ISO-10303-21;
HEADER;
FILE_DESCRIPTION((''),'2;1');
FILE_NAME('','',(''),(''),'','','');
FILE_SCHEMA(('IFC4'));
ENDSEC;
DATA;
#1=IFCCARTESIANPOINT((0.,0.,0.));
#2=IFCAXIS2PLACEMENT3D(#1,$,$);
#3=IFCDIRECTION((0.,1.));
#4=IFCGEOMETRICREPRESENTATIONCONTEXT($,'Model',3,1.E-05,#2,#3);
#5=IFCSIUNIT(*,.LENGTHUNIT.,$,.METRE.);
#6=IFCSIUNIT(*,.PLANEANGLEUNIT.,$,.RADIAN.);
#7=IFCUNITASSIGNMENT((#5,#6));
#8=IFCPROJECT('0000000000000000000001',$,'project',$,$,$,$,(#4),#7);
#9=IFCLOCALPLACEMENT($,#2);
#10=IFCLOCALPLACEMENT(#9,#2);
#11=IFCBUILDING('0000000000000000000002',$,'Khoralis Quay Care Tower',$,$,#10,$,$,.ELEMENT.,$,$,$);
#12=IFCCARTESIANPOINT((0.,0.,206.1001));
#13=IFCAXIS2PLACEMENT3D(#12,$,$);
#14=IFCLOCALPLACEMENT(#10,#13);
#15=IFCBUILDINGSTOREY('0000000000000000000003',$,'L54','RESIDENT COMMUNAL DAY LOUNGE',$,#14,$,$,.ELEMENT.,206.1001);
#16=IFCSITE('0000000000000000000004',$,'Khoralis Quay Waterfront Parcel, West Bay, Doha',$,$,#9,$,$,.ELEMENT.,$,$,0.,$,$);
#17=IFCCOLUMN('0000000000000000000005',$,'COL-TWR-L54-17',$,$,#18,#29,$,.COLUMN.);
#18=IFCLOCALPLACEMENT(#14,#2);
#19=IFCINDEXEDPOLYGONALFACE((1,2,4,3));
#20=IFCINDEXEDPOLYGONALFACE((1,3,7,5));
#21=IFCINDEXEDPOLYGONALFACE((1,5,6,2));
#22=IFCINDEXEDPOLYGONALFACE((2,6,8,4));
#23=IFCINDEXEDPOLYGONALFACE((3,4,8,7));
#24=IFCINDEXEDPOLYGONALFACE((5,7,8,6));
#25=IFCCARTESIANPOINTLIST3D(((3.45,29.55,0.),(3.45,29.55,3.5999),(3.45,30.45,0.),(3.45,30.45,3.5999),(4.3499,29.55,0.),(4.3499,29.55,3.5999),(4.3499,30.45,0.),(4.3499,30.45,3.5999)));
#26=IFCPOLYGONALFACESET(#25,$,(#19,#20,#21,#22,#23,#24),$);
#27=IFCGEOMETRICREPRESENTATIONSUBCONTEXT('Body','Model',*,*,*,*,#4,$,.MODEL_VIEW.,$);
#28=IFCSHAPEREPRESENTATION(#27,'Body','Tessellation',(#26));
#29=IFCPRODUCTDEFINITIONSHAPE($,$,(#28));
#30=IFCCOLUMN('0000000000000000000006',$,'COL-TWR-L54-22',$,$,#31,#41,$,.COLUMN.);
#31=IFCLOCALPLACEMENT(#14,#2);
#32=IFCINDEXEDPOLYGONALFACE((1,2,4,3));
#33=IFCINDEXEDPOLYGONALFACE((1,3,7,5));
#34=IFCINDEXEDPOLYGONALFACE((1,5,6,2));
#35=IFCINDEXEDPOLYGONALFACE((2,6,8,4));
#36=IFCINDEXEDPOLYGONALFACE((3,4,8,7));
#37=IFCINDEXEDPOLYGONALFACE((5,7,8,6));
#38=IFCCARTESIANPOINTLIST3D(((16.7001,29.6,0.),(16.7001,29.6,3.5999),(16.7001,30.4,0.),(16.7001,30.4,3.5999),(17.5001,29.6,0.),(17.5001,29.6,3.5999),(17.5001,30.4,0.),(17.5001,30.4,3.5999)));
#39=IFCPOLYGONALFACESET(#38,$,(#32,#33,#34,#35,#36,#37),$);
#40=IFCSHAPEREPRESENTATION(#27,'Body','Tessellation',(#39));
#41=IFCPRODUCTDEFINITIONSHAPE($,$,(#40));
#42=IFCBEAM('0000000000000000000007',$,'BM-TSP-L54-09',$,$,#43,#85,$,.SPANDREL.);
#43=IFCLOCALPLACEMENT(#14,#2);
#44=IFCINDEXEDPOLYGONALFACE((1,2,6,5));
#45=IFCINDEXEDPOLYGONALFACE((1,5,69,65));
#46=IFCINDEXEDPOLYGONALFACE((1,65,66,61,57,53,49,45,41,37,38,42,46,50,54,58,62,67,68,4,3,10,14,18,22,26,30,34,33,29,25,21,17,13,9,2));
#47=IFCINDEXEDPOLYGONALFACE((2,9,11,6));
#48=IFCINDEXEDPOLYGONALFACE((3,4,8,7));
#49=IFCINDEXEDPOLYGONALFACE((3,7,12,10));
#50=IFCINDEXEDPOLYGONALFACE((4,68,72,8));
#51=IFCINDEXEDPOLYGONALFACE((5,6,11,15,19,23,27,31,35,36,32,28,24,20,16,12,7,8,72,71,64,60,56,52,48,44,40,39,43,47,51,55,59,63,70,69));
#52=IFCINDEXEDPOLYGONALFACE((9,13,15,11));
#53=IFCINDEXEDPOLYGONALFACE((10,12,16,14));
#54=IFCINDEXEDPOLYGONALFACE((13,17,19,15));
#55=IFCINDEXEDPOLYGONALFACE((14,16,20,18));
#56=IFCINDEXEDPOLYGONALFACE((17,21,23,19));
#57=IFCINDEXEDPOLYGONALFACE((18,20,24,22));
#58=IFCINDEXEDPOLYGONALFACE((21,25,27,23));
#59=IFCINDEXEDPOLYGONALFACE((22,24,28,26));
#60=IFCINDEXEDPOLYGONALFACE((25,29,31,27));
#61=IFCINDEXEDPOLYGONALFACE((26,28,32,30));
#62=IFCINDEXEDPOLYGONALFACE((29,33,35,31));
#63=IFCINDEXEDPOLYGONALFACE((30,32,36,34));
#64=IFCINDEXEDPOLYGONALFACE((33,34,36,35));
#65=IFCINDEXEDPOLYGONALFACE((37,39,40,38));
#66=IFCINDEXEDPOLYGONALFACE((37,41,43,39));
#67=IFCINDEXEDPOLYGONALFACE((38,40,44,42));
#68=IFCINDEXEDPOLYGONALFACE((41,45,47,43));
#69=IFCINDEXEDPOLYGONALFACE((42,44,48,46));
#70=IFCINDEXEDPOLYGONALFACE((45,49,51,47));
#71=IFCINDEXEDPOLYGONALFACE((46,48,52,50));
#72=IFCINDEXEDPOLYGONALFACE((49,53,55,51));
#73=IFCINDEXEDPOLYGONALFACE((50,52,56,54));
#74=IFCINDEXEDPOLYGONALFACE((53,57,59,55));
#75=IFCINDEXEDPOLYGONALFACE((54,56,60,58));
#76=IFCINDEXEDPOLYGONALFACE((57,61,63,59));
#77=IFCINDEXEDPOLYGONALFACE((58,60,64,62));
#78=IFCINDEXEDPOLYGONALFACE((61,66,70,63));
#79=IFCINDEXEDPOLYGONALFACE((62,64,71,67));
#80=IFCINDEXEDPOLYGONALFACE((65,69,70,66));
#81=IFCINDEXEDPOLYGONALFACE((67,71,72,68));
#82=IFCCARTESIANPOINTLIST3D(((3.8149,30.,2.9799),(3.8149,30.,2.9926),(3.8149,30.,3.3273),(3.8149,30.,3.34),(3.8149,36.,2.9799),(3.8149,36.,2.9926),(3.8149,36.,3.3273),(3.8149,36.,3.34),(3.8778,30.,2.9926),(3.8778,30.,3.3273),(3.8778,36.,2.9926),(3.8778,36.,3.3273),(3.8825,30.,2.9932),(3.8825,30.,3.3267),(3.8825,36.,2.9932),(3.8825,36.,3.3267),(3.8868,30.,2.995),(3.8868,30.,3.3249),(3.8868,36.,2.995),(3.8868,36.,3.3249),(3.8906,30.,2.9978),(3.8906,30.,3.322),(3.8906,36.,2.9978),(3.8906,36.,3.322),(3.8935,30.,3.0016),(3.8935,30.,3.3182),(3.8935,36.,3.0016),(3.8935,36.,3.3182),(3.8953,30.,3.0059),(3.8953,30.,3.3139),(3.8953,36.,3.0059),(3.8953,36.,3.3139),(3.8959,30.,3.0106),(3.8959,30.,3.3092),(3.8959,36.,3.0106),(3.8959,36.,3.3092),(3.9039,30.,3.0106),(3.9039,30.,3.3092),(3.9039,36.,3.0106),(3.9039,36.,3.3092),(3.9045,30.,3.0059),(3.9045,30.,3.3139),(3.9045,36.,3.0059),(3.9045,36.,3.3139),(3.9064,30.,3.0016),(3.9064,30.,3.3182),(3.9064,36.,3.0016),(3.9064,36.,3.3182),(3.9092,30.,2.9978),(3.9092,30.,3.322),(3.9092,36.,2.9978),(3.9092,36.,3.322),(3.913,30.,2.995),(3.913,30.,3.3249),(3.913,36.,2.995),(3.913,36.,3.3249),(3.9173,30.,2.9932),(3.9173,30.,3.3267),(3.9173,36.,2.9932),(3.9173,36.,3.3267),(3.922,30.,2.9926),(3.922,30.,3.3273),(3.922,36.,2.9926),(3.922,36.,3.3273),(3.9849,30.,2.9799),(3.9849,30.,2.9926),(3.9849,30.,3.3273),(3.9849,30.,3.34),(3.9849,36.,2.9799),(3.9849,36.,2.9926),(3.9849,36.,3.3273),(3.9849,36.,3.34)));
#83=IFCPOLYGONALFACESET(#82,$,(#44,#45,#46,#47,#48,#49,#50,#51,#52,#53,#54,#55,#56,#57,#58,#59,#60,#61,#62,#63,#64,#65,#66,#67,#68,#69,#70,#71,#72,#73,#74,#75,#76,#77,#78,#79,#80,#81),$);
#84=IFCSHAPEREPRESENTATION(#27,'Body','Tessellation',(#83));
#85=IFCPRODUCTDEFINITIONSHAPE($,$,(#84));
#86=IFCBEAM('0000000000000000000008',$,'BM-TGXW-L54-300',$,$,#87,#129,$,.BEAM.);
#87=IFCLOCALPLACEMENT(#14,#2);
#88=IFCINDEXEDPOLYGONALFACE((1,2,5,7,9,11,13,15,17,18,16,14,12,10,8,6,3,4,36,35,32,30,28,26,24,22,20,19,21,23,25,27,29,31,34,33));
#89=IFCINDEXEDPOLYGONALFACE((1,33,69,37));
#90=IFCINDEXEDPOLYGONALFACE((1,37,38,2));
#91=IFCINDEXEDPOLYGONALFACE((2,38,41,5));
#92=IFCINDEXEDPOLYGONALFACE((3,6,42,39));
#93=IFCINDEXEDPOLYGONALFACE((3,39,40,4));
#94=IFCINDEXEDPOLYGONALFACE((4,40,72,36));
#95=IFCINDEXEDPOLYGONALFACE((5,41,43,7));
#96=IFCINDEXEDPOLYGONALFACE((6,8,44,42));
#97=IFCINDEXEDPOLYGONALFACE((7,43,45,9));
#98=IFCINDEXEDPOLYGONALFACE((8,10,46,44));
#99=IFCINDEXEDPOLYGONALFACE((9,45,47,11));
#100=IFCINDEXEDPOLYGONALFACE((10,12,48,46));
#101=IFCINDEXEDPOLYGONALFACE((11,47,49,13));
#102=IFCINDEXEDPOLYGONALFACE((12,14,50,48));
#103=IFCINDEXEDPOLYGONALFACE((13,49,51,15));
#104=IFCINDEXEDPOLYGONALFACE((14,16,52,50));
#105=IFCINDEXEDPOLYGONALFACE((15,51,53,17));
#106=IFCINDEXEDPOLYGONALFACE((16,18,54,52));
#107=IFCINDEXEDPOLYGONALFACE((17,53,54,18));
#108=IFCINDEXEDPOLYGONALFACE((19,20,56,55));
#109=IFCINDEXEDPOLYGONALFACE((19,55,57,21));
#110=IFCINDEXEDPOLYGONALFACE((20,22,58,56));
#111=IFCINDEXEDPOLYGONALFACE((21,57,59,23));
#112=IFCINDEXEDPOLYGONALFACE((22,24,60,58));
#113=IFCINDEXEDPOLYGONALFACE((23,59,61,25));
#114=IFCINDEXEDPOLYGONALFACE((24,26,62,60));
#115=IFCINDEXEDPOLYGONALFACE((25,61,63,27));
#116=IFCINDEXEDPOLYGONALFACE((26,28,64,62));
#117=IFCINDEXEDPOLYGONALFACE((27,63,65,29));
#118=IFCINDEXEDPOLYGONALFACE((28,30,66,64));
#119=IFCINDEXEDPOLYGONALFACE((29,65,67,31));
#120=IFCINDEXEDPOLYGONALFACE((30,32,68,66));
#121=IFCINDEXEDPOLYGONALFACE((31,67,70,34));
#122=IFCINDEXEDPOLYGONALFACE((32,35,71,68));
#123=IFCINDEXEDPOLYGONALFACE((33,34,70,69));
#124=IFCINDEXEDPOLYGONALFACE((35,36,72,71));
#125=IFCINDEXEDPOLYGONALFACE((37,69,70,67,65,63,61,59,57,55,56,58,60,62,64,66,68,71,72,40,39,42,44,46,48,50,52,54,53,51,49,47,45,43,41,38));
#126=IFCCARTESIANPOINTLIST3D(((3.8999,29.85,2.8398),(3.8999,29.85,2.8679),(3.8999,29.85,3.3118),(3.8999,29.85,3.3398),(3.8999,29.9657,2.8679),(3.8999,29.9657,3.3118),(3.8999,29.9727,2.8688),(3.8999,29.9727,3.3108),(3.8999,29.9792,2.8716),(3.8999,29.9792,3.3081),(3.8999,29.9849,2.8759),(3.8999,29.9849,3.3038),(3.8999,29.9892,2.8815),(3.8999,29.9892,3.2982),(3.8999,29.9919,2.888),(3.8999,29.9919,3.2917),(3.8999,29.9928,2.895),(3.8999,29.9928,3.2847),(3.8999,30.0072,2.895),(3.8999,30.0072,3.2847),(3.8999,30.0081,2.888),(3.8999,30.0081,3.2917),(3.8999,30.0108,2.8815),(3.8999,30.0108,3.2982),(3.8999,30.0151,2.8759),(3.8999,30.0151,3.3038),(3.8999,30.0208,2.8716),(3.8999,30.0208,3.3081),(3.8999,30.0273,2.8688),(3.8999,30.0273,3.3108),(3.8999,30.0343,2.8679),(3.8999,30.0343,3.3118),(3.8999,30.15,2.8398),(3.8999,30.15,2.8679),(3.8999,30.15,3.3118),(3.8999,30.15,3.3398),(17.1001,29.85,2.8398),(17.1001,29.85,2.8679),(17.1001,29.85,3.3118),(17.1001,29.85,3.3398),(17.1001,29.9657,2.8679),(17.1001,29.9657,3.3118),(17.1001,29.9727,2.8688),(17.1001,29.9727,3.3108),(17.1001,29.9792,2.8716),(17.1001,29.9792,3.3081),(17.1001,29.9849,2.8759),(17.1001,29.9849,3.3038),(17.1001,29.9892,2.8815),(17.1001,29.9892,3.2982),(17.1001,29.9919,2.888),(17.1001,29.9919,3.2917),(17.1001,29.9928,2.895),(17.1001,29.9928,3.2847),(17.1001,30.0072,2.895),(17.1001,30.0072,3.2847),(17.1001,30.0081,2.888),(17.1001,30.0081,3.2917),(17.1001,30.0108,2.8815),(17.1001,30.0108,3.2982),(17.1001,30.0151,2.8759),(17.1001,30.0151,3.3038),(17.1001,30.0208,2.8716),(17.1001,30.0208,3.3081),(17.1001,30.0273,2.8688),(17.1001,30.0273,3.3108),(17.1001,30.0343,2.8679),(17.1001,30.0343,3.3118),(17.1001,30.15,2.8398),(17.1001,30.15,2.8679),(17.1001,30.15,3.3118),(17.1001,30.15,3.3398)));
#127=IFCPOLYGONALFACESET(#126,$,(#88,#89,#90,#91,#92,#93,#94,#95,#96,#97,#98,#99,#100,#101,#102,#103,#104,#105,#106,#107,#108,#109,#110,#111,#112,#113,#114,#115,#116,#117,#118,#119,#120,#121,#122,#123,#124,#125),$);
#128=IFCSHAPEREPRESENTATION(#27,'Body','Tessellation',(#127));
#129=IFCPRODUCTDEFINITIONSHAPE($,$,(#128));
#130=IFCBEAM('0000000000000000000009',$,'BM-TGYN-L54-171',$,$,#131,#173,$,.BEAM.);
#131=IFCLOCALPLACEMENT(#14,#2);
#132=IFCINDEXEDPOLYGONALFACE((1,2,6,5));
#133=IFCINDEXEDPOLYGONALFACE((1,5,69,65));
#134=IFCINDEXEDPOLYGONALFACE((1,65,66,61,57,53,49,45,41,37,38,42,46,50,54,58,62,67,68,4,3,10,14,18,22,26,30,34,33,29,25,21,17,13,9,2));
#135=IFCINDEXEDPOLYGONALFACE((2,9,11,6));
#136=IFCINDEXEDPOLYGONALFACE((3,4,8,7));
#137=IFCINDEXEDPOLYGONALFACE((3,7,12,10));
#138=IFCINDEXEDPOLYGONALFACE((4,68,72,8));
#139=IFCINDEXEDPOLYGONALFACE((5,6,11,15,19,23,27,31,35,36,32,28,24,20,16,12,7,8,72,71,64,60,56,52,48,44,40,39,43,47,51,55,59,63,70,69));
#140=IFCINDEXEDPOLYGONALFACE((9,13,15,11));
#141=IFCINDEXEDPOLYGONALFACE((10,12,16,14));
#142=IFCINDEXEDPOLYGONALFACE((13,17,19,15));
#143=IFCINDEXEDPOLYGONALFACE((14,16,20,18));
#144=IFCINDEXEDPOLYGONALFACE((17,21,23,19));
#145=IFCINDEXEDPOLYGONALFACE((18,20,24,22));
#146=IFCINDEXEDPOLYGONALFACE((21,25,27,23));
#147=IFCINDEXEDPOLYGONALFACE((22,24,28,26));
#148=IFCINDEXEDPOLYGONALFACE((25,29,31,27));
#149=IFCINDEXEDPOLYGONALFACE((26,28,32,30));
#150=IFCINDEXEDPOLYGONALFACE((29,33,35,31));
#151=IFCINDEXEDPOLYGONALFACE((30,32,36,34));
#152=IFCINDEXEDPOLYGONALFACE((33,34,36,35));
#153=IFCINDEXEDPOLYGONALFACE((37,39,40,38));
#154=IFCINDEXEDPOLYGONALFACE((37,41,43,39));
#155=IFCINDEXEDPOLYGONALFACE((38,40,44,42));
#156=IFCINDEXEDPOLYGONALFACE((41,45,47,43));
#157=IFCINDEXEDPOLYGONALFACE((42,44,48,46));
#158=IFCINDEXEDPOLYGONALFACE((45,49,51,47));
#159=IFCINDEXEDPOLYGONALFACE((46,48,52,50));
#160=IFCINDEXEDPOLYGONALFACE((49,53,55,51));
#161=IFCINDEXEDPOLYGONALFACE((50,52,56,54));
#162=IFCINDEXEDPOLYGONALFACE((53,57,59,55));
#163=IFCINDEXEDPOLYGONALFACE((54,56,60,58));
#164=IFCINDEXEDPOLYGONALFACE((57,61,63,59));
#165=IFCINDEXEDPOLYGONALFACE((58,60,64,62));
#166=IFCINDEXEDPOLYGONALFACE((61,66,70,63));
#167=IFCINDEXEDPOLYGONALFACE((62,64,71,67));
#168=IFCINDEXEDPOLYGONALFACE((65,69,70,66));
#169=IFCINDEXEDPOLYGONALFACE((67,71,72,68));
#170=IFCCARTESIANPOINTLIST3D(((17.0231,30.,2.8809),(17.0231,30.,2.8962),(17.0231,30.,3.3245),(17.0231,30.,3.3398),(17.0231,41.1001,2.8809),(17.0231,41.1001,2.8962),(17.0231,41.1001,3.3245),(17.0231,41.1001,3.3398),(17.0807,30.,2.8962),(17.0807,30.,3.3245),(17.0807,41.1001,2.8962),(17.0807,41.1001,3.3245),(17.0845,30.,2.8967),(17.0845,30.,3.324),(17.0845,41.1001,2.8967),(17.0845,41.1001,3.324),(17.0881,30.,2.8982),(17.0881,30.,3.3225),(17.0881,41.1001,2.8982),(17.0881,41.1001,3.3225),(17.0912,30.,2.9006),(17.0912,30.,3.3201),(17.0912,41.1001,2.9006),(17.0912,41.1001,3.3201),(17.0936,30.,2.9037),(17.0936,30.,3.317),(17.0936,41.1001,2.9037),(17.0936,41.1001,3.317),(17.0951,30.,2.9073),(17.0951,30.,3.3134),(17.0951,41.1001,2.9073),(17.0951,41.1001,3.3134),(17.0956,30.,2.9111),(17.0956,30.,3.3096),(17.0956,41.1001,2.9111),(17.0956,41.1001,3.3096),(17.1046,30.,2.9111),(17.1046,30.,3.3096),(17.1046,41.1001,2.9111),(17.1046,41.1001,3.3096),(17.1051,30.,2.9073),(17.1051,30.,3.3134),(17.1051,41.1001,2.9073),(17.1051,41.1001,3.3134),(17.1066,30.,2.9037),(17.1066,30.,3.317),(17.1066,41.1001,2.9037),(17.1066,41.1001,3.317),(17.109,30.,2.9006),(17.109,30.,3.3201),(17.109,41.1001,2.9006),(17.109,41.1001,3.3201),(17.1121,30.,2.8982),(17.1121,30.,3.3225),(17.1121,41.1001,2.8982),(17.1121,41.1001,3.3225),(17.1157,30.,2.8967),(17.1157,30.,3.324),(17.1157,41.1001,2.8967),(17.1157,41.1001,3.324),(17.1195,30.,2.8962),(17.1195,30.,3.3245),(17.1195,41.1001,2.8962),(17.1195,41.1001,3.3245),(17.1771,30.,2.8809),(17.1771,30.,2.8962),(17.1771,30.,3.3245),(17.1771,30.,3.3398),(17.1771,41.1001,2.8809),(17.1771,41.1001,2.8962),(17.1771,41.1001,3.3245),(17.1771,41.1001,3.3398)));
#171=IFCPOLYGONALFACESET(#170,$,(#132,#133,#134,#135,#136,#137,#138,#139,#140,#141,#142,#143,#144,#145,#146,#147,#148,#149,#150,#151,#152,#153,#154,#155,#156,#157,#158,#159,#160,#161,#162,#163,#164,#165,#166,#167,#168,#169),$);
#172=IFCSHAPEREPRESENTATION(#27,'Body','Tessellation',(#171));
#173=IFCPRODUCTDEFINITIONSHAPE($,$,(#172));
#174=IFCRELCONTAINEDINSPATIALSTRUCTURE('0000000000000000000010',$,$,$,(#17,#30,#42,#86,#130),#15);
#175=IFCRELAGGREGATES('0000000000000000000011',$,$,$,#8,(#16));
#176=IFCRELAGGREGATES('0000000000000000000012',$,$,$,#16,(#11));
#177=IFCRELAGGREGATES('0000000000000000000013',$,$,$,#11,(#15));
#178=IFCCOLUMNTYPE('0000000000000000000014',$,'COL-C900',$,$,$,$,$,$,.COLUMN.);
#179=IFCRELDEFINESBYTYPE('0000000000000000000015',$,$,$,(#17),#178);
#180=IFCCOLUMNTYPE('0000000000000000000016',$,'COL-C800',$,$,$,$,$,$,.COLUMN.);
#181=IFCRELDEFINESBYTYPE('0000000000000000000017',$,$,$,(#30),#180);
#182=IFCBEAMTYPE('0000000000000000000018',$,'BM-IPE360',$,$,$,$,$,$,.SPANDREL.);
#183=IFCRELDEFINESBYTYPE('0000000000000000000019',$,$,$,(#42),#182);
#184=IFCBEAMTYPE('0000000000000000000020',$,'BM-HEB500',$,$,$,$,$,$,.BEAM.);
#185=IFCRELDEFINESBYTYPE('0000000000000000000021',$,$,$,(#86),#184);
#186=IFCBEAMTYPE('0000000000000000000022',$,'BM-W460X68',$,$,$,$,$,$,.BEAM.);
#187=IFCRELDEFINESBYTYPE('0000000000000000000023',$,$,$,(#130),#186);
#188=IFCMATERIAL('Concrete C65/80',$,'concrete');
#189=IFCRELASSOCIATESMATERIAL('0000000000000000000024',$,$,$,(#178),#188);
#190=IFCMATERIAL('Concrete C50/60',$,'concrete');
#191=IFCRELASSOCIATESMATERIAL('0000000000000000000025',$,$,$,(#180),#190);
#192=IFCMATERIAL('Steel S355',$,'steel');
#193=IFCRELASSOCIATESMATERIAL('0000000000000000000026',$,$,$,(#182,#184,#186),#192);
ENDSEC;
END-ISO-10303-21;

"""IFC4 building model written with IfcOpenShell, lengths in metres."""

from ifc_helpers import new_model, si_unit, direction, frame, origin, origin_2d, place, context, subcontext, project, spatial, rectangle, i_section, extrude, source, transform, mapped, material, material_profile, profile_set, type_object, element, save


model = new_model("IFC4")

# Units and contexts
model_context = context("Model", 3, precision=1e-05, world=origin(), true_north=direction((0.0, 1.0)))
body_context = subcontext(model_context, "Body", "Model", "MODEL_VIEW")
ifc_project = project(units=[si_unit("LENGTHUNIT", "METRE"), si_unit("PLANEANGLEUNIT", "RADIAN")], contexts=[model_context])

# Site, building, storey
site_placement = place(None, origin())
site = spatial("IfcSite", under=ifc_project, at=site_placement, Name="Khoralis Quay Waterfront Parcel, West Bay, Doha", CompositionType="ELEMENT", RefElevation=0.0)
building_placement = place(site_placement, origin())
building = spatial("IfcBuilding", under=site, at=building_placement, Name="Khoralis Quay Care Tower", CompositionType="ELEMENT")
storey_placement = place(building_placement, frame((0.0, 0.0, 206.1001)))
storey = spatial("IfcBuildingStorey", under=building, at=storey_placement, Name="L54", Description="RESIDENT COMMUNAL DAY LOUNGE", CompositionType="ELEMENT", Elevation=206.1001)

# Columns
ifc_material_1 = material(Name="Concrete C65/80", Category="concrete")
ifc_material_profile_1 = material_profile(ifc_material_1, rectangle(XDim=0.8999, YDim=0.8999, at=origin_2d()), Name="Concrete C65/80")
ifc_profile_set_1 = profile_set([ifc_material_profile_1], Name="Concrete C65/80")
column_type_1 = type_object("IfcColumnType", Name="COL-C900", PredefinedType="COLUMN", material=ifc_profile_set_1)
shared_shape_1 = source(origin(), body_context, "Body", "SweptSolid", [
    extrude(rectangle(XDim=0.8999, YDim=0.8999, at=origin_2d()), origin(), (0.0, 0.0, 1.0), 3.5999),
])
column_1_placement = place(storey_placement, frame((3.8999, 30.0, 0.0), z_axis=(0.0, 0.0, 1.0), x_axis=(1.0, 0.0, 0.0)))
element("IfcColumn", 1, at=column_1_placement, inside=storey, type_object=column_type_1, Name="COL-TWR-L54-17", PredefinedType="COLUMN", context=body_context, shape_type="MappedRepresentation", body=[
    mapped(shared_shape_1, transform((0.0, 0.0, 0.0), scale=1.0)),
])
ifc_material_2 = material(Name="Concrete C50/60", Category="concrete")
ifc_material_profile_2 = material_profile(ifc_material_2, rectangle(XDim=0.8, YDim=0.8, at=origin_2d()), Name="Concrete C50/60")
ifc_profile_set_2 = profile_set([ifc_material_profile_2], Name="Concrete C50/60")
column_type_2 = type_object("IfcColumnType", Name="COL-C800", PredefinedType="COLUMN", material=ifc_profile_set_2)
shared_shape_2 = source(origin(), body_context, "Body", "SweptSolid", [
    extrude(rectangle(XDim=0.8, YDim=0.8, at=origin_2d()), origin(), (0.0, 0.0, 1.0), 3.5999),
])
column_2_placement = place(storey_placement, frame((17.1001, 30.0, 0.0), z_axis=(0.0, 0.0, 1.0), x_axis=(1.0, 0.0, 0.0)))
element("IfcColumn", 2, at=column_2_placement, inside=storey, type_object=column_type_2, Name="COL-TWR-L54-22", PredefinedType="COLUMN", context=body_context, shape_type="MappedRepresentation", body=[
    mapped(shared_shape_2, transform((0.0, 0.0, 0.0), scale=1.0)),
])

# Beams
ifc_material_3 = material(Name="Steel S355", Category="steel")
ifc_material_profile_3 = material_profile(ifc_material_3, i_section(OverallWidth=0.1699, OverallDepth=0.3601, WebThickness=0.0081, FlangeThickness=0.0127, FilletRadius=0.0181, at=origin_2d()), Name="Steel S355")
ifc_profile_set_3 = profile_set([ifc_material_profile_3], Name="Steel S355")
beam_type_1 = type_object("IfcBeamType", Name="BM-IPE360", PredefinedType="SPANDREL", material=ifc_profile_set_3)
shared_shape_3 = source(origin(), body_context, "Body", "SweptSolid", [
    extrude(i_section(OverallWidth=0.1699, OverallDepth=0.3601, WebThickness=0.0081, FlangeThickness=0.0127, FilletRadius=0.0181, at=origin_2d()), origin(), (0.0, 0.0, 1.0), 6.0),
])
beam_1_placement = place(storey_placement, frame((3.8999, 30.0, 3.1599), z_axis=(0.0, 1.0, 0.0), x_axis=(-1.0, 0.0, 0.0)))
element("IfcBeam", 3, at=beam_1_placement, inside=storey, type_object=beam_type_1, Name="BM-TSP-L54-09", PredefinedType="SPANDREL", context=body_context, shape_type="MappedRepresentation", body=[
    mapped(shared_shape_3, transform((0.0, 0.0, 0.0), scale=1.0)),
])
ifc_material_profile_4 = material_profile(ifc_material_3, i_section(OverallWidth=0.3, OverallDepth=0.5, WebThickness=0.0144, FlangeThickness=0.0281, FilletRadius=0.0271, at=origin_2d()), Name="Steel S355")
ifc_profile_set_4 = profile_set([ifc_material_profile_4], Name="Steel S355")
beam_type_2 = type_object("IfcBeamType", Name="BM-HEB500", PredefinedType="BEAM", material=ifc_profile_set_4)
shared_shape_4 = source(origin(), body_context, "Body", "SweptSolid", [
    extrude(i_section(OverallWidth=0.3, OverallDepth=0.5, WebThickness=0.0144, FlangeThickness=0.0281, FilletRadius=0.0271, at=origin_2d()), origin(), (0.0, 0.0, 1.0), 13.2002),
])
beam_2_placement = place(storey_placement, frame((3.8999, 30.0, 3.0898), z_axis=(1.0, 0.0, 0.0), x_axis=(0.0, 1.0, 0.0)))
element("IfcBeam", 4, at=beam_2_placement, inside=storey, type_object=beam_type_2, Name="BM-TGXW-L54-300", PredefinedType="BEAM", context=body_context, shape_type="MappedRepresentation", body=[
    mapped(shared_shape_4, transform((0.0, 0.0, 0.0), scale=1.0)),
])
ifc_material_profile_5 = material_profile(ifc_material_3, i_section(OverallWidth=0.1541, OverallDepth=0.459, WebThickness=0.009, FlangeThickness=0.0154, FilletRadius=0.0149, at=origin_2d()), Name="Steel S355")
ifc_profile_set_5 = profile_set([ifc_material_profile_5], Name="Steel S355")
beam_type_3 = type_object("IfcBeamType", Name="BM-W460X68", PredefinedType="BEAM", material=ifc_profile_set_5)
shared_shape_5 = source(origin(), body_context, "Body", "SweptSolid", [
    extrude(i_section(OverallWidth=0.1541, OverallDepth=0.459, WebThickness=0.009, FlangeThickness=0.0154, FilletRadius=0.0149, at=origin_2d()), origin(), (0.0, 0.0, 1.0), 11.1001),
])
beam_3_placement = place(storey_placement, frame((17.1001, 30.0, 3.1104), z_axis=(0.0, 1.0, 0.0), x_axis=(-1.0, 0.0, 0.0)))
element("IfcBeam", 5, at=beam_3_placement, inside=storey, type_object=beam_type_3, Name="BM-TGYN-L54-171", PredefinedType="BEAM", context=body_context, shape_type="MappedRepresentation", body=[
    mapped(shared_shape_5, transform((0.0, 0.0, 0.0), scale=1.0)),
])

save(model, "model.ifc")
